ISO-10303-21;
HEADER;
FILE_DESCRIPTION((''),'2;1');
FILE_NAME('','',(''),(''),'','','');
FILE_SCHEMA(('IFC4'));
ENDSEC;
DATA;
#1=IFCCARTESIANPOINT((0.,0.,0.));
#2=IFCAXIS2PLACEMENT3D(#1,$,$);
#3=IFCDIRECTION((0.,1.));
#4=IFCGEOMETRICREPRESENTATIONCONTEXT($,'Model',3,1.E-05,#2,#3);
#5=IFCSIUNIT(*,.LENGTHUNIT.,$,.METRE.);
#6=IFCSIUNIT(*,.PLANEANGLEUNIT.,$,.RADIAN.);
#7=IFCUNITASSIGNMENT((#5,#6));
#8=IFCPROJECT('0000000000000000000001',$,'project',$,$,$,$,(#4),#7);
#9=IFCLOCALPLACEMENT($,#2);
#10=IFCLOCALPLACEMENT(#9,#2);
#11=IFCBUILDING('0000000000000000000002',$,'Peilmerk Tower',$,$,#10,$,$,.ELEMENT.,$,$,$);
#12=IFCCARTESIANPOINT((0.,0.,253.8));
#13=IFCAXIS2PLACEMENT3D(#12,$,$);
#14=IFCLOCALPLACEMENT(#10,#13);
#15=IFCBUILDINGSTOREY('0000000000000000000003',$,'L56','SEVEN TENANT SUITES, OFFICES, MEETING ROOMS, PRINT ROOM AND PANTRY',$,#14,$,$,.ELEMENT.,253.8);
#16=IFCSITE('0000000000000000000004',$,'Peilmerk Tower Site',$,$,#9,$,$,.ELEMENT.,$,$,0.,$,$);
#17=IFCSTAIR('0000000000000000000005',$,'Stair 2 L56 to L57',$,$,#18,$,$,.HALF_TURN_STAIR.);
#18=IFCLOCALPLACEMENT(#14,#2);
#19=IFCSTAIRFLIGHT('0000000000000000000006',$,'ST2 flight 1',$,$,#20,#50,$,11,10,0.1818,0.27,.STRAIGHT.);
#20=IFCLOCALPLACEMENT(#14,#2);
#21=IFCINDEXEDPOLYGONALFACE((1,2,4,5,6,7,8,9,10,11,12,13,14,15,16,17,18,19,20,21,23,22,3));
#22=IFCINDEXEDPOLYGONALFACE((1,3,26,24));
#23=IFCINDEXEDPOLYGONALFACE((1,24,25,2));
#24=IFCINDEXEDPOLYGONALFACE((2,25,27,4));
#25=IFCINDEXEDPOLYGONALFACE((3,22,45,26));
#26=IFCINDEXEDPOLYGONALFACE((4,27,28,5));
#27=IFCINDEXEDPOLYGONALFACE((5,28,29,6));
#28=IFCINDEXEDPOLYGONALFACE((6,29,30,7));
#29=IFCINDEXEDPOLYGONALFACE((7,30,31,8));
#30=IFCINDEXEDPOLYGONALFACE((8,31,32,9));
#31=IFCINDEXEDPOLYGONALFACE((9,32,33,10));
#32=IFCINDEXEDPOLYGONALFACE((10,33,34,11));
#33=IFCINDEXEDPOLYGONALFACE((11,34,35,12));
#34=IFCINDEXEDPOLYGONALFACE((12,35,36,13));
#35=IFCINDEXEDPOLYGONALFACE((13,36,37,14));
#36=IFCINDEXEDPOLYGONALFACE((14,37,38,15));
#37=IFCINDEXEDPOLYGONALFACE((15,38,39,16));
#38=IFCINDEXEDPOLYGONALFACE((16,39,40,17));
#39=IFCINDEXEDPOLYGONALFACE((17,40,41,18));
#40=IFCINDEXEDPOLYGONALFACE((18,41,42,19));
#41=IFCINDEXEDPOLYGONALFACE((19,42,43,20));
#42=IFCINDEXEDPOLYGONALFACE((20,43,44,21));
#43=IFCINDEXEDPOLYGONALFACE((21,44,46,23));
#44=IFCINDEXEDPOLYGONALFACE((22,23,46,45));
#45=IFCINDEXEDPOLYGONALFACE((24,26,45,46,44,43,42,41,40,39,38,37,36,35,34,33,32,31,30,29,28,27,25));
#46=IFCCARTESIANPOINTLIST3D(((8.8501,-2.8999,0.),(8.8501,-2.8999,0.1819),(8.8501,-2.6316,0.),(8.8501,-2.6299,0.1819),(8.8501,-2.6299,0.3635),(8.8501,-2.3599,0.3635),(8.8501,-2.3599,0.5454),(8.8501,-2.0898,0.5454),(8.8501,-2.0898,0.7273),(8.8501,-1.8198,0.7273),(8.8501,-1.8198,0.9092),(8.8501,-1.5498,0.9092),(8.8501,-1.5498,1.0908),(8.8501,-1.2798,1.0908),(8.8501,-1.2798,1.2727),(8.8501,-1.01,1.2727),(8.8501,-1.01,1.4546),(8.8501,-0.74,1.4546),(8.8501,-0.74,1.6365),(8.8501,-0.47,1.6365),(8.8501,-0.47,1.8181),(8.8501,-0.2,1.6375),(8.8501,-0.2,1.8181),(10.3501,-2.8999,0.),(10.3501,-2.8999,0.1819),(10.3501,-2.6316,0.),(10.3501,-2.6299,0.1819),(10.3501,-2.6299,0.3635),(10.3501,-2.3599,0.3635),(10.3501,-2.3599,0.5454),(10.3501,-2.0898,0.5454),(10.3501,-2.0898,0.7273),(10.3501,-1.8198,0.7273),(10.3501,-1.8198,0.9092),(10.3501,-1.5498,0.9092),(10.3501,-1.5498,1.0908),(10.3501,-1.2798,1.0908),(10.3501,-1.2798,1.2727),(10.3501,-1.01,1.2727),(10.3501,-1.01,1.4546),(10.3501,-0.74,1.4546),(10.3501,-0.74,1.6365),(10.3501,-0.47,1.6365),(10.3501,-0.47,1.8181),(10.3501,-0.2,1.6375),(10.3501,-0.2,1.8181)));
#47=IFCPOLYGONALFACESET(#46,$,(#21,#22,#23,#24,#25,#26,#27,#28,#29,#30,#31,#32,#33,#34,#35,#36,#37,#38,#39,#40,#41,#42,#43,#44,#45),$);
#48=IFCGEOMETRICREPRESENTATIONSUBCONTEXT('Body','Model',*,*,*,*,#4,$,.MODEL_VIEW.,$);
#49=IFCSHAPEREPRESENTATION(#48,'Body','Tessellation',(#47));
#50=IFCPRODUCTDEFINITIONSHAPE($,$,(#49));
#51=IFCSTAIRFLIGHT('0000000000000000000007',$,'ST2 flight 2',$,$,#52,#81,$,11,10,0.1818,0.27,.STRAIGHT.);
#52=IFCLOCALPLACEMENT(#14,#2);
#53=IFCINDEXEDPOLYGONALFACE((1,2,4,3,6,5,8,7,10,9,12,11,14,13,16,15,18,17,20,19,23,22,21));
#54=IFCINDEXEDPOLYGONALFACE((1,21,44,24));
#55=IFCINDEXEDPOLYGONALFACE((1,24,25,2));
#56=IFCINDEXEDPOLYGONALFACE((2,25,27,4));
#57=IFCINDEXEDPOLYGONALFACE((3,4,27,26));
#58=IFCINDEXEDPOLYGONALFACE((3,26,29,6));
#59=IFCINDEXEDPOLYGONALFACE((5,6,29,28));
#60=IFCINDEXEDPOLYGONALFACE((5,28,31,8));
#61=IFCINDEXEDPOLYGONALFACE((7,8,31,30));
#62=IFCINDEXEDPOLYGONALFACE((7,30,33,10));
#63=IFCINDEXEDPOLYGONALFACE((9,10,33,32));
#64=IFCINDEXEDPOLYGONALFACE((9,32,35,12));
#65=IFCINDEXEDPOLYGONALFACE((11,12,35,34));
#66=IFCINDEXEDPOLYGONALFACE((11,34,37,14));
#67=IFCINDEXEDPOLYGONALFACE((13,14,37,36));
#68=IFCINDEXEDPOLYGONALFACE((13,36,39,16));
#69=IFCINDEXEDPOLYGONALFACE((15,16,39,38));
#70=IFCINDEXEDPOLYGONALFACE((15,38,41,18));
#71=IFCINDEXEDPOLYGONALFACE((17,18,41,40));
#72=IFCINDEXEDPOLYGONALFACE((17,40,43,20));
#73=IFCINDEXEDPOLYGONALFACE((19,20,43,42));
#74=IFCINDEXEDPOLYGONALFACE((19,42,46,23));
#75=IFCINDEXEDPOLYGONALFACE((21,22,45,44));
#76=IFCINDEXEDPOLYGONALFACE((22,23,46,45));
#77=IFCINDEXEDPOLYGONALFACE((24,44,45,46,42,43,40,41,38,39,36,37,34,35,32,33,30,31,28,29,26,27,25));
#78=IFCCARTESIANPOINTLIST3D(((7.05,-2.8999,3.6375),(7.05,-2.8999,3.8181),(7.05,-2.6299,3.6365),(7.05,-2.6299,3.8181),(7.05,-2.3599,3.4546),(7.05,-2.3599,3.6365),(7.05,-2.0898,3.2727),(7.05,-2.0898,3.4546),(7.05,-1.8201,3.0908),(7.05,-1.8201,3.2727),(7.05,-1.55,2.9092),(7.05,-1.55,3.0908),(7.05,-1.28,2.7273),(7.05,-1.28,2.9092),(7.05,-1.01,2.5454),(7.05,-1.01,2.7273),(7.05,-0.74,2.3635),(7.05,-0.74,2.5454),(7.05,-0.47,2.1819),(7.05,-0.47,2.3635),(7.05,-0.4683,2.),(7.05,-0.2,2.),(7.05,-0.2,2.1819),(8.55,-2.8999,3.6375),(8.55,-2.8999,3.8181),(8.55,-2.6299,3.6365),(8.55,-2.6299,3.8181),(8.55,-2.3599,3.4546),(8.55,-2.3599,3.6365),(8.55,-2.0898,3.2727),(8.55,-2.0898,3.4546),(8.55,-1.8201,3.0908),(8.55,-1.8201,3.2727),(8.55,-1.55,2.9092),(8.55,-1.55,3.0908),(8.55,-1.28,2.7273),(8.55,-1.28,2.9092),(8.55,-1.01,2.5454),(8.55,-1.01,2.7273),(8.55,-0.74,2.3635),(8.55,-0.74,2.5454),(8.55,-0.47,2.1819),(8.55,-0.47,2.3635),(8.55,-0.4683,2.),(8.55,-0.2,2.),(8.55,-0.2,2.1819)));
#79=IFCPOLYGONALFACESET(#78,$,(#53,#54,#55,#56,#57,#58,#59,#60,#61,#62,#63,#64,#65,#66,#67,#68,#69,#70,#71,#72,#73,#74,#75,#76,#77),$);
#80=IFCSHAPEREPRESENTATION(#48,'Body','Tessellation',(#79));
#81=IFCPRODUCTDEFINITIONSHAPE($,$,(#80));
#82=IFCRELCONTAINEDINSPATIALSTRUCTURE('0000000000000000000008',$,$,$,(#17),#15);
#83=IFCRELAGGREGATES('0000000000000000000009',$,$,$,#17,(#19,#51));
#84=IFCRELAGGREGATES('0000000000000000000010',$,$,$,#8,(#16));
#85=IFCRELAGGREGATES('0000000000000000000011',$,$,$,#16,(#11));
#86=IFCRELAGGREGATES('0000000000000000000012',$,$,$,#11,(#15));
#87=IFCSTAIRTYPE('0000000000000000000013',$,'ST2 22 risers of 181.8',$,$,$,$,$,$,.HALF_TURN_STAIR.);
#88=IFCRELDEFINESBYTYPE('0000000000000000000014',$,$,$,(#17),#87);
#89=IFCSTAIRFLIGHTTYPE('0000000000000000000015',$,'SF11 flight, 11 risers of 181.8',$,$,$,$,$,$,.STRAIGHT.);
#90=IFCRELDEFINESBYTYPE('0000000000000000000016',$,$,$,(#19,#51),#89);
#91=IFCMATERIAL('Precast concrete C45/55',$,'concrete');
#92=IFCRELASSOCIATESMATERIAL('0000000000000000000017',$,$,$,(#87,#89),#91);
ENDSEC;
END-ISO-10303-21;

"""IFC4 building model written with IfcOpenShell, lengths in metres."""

from ifc_helpers import new_model, si_unit, direction, frame, origin, place, context, subcontext, project, spatial, polyline, outline, extrude, material, type_object, element, aggregate, save


model = new_model("IFC4")

# Units and contexts
model_context = context("Model", 3, precision=1e-05, world=origin(), true_north=direction((0.0, 1.0)))
body_context = subcontext(model_context, "Body", "Model", "MODEL_VIEW")
ifc_project = project(units=[si_unit("LENGTHUNIT", "METRE"), si_unit("PLANEANGLEUNIT", "RADIAN")], contexts=[model_context])

# Site, building, storey
site_placement = place(None, origin())
site = spatial("IfcSite", under=ifc_project, at=site_placement, Name="Peilmerk Tower Site", CompositionType="ELEMENT", RefElevation=0.0)
building_placement = place(site_placement, origin())
building = spatial("IfcBuilding", under=site, at=building_placement, Name="Peilmerk Tower", CompositionType="ELEMENT")
storey_placement = place(building_placement, frame((0.0, 0.0, 253.8)))
storey = spatial("IfcBuildingStorey", under=building, at=storey_placement, Name="L56", Description="SEVEN TENANT SUITES, OFFICES, MEETING ROOMS, PRINT ROOM AND PANTRY", CompositionType="ELEMENT", Elevation=253.8)

# Stair
ifc_material_1 = material(Name="Precast concrete C45/55", Category="concrete")
stair_type_1 = type_object("IfcStairType", Name="ST2 22 risers of 181.8", PredefinedType="HALF_TURN_STAIR", material=ifc_material_1)
stair_1_placement = place(storey_placement, origin())
stair_1 = element("IfcStair", 1, at=stair_1_placement, inside=storey, type_object=stair_type_1, Name="Stair 2 L56 to L57", PredefinedType="HALF_TURN_STAIR")

# Stair flights
stair_flight_type = type_object("IfcStairFlightType", Name="SF11 flight, 11 risers of 181.8", PredefinedType="STRAIGHT", material=ifc_material_1)
stair_flight_1_placement = place(storey_placement, frame((9.6001, -2.8999, 0.0), z_axis=(0.0, 0.0, 1.0), x_axis=(0.0, 1.0, 0.0)))
stair_flight_1 = element("IfcStairFlight", 2, at=stair_flight_1_placement, type_object=stair_flight_type, Name="ST2 flight 1", NumberOfRisers=11, NumberOfTreads=10, PredefinedType="STRAIGHT", RiserHeight=0.1818, TreadLength=0.27, context=body_context, shape_type="SweptSolid", body=[
    extrude(outline(polyline([(0.0, 0.0), (0.0, 0.1819), (0.27, 0.1819), (0.27, 0.3635), (0.54, 0.3635), (0.54, 0.5454), (0.8101, 0.5454), (0.8101, 0.7273), (1.0801, 0.7273), (1.0801, 0.9092), (1.3501, 0.9092), (1.3501, 1.0908), (1.6201, 1.0908), (1.6201, 1.2727), (1.8899, 1.2727), (1.8899, 1.4546), (2.1599, 1.4546), (2.1599, 1.6365), (2.4299, 1.6365), (2.4299, 1.8181), (2.7, 1.8181), (2.7, 2.0), (2.7, 1.6375), (0.2683, 0.0), (0.0, 0.0)])), frame((0.0, 0.75, 0.0), z_axis=(0.0, -1.0, 0.0), x_axis=(1.0, 0.0, 0.0)), (0.0, 0.0, 1.0), 1.5),
])
stair_flight_2_placement = place(storey_placement, frame((7.8, -0.2, 2.0), z_axis=(0.0, 0.0, 1.0), x_axis=(0.0, -1.0, 0.0)))
stair_flight_2 = element("IfcStairFlight", 3, at=stair_flight_2_placement, type_object=stair_flight_type, Name="ST2 flight 2", NumberOfRisers=11, NumberOfTreads=10, PredefinedType="STRAIGHT", RiserHeight=0.1818, TreadLength=0.27, context=body_context, shape_type="SweptSolid", body=[
    extrude(outline(polyline([(0.0, 0.0), (0.0, 0.1819), (0.27, 0.1819), (0.27, 0.3635), (0.54, 0.3635), (0.54, 0.5454), (0.8101, 0.5454), (0.8101, 0.7273), (1.0801, 0.7273), (1.0801, 0.9092), (1.3501, 0.9092), (1.3501, 1.0908), (1.6201, 1.0908), (1.6201, 1.2727), (1.8899, 1.2727), (1.8899, 1.4546), (2.1599, 1.4546), (2.1599, 1.6365), (2.4299, 1.6365), (2.4299, 1.8181), (2.7, 1.8181), (2.7, 2.0), (2.7, 1.6375), (0.2683, 0.0), (0.0, 0.0)])), frame((0.0, 0.75, 0.0), z_axis=(0.0, -1.0, 0.0), x_axis=(1.0, 0.0, 0.0)), (0.0, 0.0, 1.0), 1.5),
])
aggregate(stair_1, [stair_flight_1, stair_flight_2])

save(model, "model.ifc")
